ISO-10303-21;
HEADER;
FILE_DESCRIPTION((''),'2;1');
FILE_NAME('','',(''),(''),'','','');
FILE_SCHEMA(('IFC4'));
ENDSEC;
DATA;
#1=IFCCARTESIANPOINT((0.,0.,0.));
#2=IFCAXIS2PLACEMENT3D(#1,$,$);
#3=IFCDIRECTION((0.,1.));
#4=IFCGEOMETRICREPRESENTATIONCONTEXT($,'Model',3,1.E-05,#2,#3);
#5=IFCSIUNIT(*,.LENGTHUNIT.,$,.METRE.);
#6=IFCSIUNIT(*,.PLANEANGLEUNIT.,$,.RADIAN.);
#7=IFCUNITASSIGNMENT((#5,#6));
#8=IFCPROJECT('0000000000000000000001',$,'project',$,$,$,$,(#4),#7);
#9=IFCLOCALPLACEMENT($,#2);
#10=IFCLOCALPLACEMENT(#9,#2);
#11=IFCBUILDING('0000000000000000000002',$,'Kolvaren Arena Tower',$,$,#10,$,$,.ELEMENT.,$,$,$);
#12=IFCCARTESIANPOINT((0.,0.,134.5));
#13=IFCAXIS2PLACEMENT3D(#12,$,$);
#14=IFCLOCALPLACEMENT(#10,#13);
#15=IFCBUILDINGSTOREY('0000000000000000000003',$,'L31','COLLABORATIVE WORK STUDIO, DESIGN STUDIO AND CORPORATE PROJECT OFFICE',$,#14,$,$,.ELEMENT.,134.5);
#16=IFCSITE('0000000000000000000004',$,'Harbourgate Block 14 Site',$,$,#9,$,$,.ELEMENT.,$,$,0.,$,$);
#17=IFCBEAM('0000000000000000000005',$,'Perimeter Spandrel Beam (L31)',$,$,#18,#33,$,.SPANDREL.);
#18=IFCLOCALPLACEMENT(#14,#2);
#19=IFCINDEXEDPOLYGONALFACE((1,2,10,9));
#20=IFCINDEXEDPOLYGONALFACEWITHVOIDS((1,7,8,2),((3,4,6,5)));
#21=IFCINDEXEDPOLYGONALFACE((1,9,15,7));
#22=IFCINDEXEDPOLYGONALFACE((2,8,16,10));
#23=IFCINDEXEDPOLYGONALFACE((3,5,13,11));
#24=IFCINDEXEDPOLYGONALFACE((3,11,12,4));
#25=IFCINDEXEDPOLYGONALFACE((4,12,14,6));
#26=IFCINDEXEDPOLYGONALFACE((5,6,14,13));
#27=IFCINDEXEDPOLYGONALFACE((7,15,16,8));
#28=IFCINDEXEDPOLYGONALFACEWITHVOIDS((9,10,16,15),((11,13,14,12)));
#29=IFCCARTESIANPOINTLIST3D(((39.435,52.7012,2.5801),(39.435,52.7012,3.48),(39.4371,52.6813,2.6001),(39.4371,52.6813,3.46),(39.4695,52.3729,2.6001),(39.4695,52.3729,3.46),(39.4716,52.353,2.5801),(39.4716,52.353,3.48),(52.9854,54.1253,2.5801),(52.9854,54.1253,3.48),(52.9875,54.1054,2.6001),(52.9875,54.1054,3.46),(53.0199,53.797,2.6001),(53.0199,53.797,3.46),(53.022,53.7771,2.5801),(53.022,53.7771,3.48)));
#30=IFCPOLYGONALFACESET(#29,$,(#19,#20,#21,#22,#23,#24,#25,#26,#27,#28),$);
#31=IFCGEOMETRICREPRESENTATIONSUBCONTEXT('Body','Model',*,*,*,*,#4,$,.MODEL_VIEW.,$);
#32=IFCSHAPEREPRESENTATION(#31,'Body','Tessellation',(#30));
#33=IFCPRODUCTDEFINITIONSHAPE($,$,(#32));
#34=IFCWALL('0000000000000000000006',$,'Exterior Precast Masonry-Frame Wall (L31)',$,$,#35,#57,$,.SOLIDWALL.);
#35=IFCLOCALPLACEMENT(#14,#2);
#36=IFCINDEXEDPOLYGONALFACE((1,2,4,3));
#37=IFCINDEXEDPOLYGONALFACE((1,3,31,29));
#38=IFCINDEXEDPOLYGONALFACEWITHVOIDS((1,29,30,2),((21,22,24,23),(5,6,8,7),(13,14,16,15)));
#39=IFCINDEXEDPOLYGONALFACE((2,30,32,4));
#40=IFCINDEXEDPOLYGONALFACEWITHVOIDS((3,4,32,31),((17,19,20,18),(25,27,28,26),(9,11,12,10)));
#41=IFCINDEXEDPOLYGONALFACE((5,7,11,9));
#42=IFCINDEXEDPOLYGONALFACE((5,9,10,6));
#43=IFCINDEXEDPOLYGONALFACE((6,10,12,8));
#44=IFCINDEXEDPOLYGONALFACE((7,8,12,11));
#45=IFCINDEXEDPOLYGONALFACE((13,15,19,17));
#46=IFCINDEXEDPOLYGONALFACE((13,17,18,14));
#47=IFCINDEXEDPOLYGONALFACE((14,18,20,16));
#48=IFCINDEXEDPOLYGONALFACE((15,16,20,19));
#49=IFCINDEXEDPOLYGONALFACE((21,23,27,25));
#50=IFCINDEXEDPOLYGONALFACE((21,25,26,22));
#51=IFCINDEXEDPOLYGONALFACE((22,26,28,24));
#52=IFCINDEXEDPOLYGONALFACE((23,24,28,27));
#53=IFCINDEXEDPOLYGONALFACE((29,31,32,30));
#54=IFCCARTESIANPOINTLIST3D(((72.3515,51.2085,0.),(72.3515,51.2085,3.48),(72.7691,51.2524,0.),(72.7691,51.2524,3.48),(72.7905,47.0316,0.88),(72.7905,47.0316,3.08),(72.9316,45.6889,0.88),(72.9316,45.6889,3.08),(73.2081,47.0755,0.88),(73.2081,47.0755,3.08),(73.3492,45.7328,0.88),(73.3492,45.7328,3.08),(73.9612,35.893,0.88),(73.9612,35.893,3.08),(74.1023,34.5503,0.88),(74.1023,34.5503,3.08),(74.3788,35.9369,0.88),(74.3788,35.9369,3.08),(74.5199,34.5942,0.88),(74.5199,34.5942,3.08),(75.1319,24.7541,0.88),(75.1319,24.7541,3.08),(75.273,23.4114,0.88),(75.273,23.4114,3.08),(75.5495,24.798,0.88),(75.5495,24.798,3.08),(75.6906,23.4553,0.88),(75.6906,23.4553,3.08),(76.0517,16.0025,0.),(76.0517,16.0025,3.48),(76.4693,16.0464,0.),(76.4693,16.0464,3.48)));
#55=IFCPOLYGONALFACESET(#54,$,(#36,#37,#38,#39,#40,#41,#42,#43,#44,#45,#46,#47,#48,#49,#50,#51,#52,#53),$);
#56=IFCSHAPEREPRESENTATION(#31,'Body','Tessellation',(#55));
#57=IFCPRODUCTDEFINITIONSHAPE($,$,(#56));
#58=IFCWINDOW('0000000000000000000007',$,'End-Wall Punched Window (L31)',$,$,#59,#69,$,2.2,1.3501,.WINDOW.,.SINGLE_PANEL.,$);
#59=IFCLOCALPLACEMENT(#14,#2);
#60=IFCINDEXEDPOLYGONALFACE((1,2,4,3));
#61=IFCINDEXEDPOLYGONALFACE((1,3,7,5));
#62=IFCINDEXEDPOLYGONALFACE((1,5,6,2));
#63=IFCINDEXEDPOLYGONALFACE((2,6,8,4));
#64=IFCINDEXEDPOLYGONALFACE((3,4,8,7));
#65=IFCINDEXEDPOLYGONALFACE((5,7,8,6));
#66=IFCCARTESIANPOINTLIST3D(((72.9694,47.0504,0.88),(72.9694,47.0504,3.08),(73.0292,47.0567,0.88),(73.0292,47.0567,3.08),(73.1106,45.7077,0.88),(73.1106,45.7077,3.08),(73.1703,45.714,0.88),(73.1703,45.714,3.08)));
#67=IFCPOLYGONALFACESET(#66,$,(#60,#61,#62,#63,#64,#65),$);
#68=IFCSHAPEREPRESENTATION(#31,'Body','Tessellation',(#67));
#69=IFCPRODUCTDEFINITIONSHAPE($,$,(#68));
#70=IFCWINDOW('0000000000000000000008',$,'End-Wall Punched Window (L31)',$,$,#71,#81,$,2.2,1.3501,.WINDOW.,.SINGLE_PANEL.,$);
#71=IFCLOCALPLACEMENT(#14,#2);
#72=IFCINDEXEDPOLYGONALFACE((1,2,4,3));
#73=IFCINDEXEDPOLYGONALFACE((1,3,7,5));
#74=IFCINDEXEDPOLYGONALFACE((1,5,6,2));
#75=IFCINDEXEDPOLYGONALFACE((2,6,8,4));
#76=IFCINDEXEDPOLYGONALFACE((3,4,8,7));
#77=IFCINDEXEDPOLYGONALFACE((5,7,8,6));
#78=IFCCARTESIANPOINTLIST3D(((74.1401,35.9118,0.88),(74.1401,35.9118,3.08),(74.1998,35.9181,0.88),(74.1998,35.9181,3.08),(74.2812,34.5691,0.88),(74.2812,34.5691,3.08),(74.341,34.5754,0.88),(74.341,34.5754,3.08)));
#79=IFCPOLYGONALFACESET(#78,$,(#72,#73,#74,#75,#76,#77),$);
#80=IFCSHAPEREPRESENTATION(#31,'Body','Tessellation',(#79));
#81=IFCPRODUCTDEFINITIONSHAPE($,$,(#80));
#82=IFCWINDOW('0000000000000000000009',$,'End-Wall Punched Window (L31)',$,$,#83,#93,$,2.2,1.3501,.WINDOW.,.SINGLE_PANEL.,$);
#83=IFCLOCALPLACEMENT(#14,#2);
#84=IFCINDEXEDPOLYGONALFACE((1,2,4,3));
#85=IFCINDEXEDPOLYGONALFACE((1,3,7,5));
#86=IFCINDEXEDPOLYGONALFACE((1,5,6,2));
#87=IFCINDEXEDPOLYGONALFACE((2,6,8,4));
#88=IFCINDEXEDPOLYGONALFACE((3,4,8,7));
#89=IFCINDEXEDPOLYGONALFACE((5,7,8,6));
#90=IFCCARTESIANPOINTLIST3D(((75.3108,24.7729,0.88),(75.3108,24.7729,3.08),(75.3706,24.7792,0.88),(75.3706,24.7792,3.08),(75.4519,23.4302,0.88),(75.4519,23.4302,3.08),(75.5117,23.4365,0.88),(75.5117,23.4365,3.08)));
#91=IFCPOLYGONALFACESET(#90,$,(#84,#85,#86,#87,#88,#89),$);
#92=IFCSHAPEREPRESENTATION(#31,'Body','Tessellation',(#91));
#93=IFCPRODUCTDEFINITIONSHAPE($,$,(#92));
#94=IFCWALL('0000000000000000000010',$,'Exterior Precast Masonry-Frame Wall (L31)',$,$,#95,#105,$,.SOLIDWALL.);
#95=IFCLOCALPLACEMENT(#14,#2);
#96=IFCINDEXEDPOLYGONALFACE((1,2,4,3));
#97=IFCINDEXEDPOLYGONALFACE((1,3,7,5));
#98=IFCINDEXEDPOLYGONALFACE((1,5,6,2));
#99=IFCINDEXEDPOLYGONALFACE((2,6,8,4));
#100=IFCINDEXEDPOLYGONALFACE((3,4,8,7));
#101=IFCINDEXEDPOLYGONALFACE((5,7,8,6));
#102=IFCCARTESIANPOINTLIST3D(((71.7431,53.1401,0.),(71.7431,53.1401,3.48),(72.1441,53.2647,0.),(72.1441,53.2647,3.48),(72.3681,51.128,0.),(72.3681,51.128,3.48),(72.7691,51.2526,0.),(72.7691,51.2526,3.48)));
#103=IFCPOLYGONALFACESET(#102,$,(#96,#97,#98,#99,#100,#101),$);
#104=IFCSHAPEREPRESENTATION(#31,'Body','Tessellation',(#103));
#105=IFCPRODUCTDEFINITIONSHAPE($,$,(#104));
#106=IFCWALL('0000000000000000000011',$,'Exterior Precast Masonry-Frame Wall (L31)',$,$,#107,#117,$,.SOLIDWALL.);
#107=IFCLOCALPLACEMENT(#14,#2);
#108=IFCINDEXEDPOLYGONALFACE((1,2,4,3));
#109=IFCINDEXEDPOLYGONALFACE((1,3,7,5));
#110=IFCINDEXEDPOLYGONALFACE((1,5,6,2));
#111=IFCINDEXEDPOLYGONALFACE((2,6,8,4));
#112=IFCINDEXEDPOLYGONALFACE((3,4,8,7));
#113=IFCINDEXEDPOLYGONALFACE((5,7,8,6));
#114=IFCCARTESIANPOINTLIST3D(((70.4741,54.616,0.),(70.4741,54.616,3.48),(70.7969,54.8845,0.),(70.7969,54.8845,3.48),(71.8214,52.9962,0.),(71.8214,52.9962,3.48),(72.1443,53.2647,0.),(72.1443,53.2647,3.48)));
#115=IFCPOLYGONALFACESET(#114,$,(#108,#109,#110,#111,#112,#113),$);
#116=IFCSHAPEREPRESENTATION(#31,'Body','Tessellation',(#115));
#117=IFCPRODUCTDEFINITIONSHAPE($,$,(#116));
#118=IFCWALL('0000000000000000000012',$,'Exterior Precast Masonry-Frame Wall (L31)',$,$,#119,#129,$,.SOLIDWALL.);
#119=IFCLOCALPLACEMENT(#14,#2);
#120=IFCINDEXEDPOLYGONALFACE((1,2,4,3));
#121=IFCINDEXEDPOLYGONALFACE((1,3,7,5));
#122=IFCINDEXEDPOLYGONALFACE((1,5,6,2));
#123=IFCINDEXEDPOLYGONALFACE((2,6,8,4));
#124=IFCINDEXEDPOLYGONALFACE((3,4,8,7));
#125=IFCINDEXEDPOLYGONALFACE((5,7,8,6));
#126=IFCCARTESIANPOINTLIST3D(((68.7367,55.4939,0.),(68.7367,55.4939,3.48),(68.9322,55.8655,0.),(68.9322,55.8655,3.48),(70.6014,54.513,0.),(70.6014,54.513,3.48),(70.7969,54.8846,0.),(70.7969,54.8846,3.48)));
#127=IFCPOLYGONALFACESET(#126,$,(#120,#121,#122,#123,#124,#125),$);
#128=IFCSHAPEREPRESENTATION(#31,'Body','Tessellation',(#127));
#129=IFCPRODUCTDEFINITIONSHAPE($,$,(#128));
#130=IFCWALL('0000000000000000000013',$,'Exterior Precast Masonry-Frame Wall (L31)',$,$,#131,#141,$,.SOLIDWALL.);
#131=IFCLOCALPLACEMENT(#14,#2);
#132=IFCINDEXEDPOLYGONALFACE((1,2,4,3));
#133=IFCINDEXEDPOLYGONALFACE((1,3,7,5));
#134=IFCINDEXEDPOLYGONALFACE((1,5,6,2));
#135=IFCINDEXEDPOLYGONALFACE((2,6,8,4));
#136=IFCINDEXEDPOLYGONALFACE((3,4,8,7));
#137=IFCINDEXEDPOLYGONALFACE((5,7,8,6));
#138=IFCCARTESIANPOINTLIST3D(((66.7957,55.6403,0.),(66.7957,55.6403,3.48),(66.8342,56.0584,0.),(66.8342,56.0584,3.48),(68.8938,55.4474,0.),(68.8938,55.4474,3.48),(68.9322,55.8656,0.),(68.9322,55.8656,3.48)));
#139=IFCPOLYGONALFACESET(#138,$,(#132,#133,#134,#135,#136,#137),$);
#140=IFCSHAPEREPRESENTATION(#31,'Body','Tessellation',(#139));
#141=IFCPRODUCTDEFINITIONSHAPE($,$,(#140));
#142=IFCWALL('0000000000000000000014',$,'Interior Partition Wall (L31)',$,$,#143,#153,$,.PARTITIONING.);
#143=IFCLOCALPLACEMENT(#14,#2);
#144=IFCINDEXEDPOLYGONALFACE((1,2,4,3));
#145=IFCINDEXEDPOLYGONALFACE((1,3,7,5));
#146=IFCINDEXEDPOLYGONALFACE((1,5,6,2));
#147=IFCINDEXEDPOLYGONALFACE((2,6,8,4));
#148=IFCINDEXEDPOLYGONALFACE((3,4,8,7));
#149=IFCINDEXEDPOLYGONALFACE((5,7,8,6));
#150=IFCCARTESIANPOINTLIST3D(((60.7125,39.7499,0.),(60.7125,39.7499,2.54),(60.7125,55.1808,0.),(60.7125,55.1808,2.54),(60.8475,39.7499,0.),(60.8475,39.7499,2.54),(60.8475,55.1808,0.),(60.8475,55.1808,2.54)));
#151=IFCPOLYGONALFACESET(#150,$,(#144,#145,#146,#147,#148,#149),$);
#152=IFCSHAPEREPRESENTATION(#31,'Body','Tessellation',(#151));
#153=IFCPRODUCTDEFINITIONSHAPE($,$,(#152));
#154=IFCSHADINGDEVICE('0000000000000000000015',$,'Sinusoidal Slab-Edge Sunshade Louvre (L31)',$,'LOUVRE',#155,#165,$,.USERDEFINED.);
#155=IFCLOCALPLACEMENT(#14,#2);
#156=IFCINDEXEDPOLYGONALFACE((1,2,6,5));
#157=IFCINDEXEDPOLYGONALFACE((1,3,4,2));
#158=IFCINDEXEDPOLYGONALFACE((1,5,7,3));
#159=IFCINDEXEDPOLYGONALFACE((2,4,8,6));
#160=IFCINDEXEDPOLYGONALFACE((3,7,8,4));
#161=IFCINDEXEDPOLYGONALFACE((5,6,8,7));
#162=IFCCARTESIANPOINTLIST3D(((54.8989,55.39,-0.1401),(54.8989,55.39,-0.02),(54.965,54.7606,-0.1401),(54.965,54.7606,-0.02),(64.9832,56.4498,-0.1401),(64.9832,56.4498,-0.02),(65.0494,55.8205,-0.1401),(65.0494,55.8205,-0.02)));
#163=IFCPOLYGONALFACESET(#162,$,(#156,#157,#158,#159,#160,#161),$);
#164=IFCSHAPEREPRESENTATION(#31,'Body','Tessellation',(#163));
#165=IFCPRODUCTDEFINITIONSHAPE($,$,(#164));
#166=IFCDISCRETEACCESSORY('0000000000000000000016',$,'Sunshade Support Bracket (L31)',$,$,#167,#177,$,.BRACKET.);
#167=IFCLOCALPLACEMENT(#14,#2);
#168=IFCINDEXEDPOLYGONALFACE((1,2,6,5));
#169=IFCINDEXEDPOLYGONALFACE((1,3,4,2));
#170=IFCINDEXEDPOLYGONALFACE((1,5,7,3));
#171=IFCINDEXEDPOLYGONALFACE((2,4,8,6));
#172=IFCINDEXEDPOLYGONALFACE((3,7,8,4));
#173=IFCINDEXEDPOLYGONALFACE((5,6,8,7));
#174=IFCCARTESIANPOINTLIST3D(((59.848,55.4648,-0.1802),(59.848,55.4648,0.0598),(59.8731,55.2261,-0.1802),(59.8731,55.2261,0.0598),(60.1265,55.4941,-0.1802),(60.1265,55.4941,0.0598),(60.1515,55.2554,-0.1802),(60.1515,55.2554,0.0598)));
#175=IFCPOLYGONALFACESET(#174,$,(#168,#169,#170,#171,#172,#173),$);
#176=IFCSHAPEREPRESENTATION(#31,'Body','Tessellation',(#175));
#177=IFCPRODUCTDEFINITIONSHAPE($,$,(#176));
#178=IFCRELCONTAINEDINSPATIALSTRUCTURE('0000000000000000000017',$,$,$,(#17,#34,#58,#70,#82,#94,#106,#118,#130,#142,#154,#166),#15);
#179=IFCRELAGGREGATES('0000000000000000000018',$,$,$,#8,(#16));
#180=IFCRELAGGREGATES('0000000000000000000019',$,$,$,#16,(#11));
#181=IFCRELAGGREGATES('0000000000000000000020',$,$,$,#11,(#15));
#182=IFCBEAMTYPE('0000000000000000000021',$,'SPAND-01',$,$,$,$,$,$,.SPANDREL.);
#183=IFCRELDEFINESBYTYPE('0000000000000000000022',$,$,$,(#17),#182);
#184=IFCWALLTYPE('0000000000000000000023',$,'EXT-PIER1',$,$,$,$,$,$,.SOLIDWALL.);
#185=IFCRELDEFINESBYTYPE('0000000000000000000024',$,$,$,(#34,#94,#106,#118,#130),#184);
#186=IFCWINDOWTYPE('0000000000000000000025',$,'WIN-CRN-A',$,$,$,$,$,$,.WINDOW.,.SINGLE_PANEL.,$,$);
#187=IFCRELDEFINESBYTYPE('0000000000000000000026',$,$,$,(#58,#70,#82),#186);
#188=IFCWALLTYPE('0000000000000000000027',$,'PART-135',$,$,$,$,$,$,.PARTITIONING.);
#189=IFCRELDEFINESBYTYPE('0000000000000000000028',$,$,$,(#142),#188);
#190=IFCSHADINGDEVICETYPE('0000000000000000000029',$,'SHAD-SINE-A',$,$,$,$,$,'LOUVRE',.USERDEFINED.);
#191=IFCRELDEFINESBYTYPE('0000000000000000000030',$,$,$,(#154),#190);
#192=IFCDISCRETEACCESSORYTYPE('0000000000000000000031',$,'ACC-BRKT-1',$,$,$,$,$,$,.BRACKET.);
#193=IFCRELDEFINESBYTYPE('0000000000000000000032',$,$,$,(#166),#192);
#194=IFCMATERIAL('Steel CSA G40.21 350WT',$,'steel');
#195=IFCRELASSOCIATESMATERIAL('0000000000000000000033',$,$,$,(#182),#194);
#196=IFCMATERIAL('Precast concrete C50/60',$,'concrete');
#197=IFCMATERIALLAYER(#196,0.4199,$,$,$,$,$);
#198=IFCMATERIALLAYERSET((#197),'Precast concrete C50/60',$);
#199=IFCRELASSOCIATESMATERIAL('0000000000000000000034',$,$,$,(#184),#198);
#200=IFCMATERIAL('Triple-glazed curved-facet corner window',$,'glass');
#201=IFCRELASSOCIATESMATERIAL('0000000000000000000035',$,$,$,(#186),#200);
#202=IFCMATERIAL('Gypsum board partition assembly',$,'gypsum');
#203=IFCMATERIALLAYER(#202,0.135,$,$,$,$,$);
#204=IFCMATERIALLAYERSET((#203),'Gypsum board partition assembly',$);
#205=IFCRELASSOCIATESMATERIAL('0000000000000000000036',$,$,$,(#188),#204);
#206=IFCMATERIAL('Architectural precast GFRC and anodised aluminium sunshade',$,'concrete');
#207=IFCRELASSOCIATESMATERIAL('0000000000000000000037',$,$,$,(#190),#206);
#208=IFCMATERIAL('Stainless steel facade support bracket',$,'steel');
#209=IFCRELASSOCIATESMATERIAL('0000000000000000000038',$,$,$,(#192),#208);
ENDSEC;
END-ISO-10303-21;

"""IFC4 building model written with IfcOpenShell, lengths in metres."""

from ifc_helpers import new_model, si_unit, direction, frame, frame_2d, origin, origin_2d, place, context, subcontext, project, spatial, rectangle, hollow_rectangle, extrude, material, layer, layer_set, material_profile, profile_set, type_object, element, fill, save


model = new_model("IFC4")

# Units and contexts
model_context = context("Model", 3, precision=1e-05, world=origin(), true_north=direction((0.0, 1.0)))
body_context = subcontext(model_context, "Body", "Model", "MODEL_VIEW")
ifc_project = project(units=[si_unit("LENGTHUNIT", "METRE"), si_unit("PLANEANGLEUNIT", "RADIAN")], contexts=[model_context])

# Site, building, storey
site_placement = place(None, origin())
site = spatial("IfcSite", under=ifc_project, at=site_placement, Name="Harbourgate Block 14 Site", CompositionType="ELEMENT", RefElevation=0.0)
building_placement = place(site_placement, origin())
building = spatial("IfcBuilding", under=site, at=building_placement, Name="Kolvaren Arena Tower", CompositionType="ELEMENT")
storey_placement = place(building_placement, frame((0.0, 0.0, 134.5)))
storey = spatial("IfcBuildingStorey", under=building, at=storey_placement, Name="L31", Description="COLLABORATIVE WORK STUDIO, DESIGN STUDIO AND CORPORATE PROJECT OFFICE", CompositionType="ELEMENT", Elevation=134.5)

# Beam
ifc_material_1 = material(Name="Steel CSA G40.21 350WT", Category="steel")
ifc_material_profile_1 = material_profile(ifc_material_1, hollow_rectangle(XDim=0.3501, YDim=0.8999, WallThickness=0.02, at=origin_2d()), Name="HSS 900x350x20")
ifc_profile_set_1 = profile_set([ifc_material_profile_1], Name="Steel CSA G40.21 350WT")
beam_type_1 = type_object("IfcBeamType", Name="SPAND-01", PredefinedType="SPANDREL", material=ifc_profile_set_1)
beam_1_placement = place(storey_placement, frame((53.0037, 53.9512, 3.03), z_axis=(-0.994523, -0.10452, 0.0), x_axis=(0.10452, -0.994523, 0.0)))
element("IfcBeam", 1, at=beam_1_placement, inside=storey, type_object=beam_type_1, Name="Perimeter Spandrel Beam (L31)", PredefinedType="SPANDREL", context=body_context, shape_type="SweptSolid", body=[
    extrude(hollow_rectangle(XDim=0.3501, YDim=0.8999, WallThickness=0.02, at=origin_2d()), origin(), (0.0, 0.0, 1.0), 13.625),
])

# Wall, openings, windows
ifc_material_2 = material(Name="Precast concrete C50/60", Category="concrete")
ifc_layer_1 = layer(ifc_material_2, 0.4199)
ifc_layer_set_1 = layer_set([ifc_layer_1], Name="Precast concrete C50/60")
wall_type_1 = type_object("IfcWallType", Name="EXT-PIER1", PredefinedType="SOLIDWALL", material=ifc_layer_set_1)
wall_1_placement = place(storey_placement, frame((72.5603, 51.2305, 0.0), z_axis=(0.0, 0.0, 1.0), x_axis=(0.104525, -0.994522, 0.0)))
wall_1 = element("IfcWall", 2, at=wall_1_placement, inside=storey, type_object=wall_type_1, Name="Exterior Precast Masonry-Frame Wall (L31)", PredefinedType="SOLIDWALL", context=body_context, shape_type="SweptSolid", body=[
    extrude(rectangle(XDim=35.3999, YDim=0.4199, at=frame_2d((17.7, 0.0))), origin(), (0.0, 0.0, 1.0), 3.48),
])
opening_1_placement = place(wall_1_placement, frame((4.2, 0.0, 0.8799)))
opening_1 = element("IfcOpeningElement", 3, at=opening_1_placement, cuts=wall_1, PredefinedType="OPENING", context=body_context, shape_type="SweptSolid", body=[
    extrude(rectangle(XDim=1.3501, YDim=2.2, at=frame_2d((0.675, 1.1001))), frame((0.0, 0.22, 0.0), z_axis=(0.0, -1.0, 0.0), x_axis=(1.0, 0.0, 0.0)), (0.0, 0.0, 1.0), 0.4399),
])
opening_2_placement = place(wall_1_placement, frame((15.3999, 0.0, 0.8799)))
opening_2 = element("IfcOpeningElement", 4, at=opening_2_placement, cuts=wall_1, PredefinedType="OPENING", context=body_context, shape_type="SweptSolid", body=[
    extrude(rectangle(XDim=1.3501, YDim=2.2, at=frame_2d((0.675, 1.1001))), frame((0.0, 0.22, 0.0), z_axis=(0.0, -1.0, 0.0), x_axis=(1.0, 0.0, 0.0)), (0.0, 0.0, 1.0), 0.4399),
])
opening_3_placement = place(wall_1_placement, frame((26.6001, 0.0, 0.8799)))
opening_3 = element("IfcOpeningElement", 5, at=opening_3_placement, cuts=wall_1, PredefinedType="OPENING", context=body_context, shape_type="SweptSolid", body=[
    extrude(rectangle(XDim=1.3501, YDim=2.2, at=frame_2d((0.675, 1.1001))), frame((0.0, 0.22, 0.0), z_axis=(0.0, -1.0, 0.0), x_axis=(1.0, 0.0, 0.0)), (0.0, 0.0, 1.0), 0.4399),
])
ifc_material_3 = material(Name="Triple-glazed curved-facet corner window", Category="glass")
window_type = type_object("IfcWindowType", Name="WIN-CRN-A", PartitioningType="SINGLE_PANEL", PredefinedType="WINDOW", material=ifc_material_3)
window_1_placement = place(opening_1_placement, origin())
window_1 = element("IfcWindow", 6, at=window_1_placement, inside=storey, type_object=window_type, Name="End-Wall Punched Window (L31)", OverallHeight=2.2, OverallWidth=1.3501, PartitioningType="SINGLE_PANEL", PredefinedType="WINDOW", context=body_context, shape_type="SweptSolid", body=[
    extrude(rectangle(XDim=1.3501, YDim=2.2, at=frame_2d((0.675, 1.1001))), frame((0.0, 0.03, 0.0), z_axis=(0.0, -1.0, 0.0), x_axis=(1.0, 0.0, 0.0)), (0.0, 0.0, 1.0), 0.0601),
])
fill(opening_1, window_1)
window_2_placement = place(opening_2_placement, origin())
window_2 = element("IfcWindow", 7, at=window_2_placement, inside=storey, type_object=window_type, Name="End-Wall Punched Window (L31)", OverallHeight=2.2, OverallWidth=1.3501, PartitioningType="SINGLE_PANEL", PredefinedType="WINDOW", context=body_context, shape_type="SweptSolid", body=[
    extrude(rectangle(XDim=1.3501, YDim=2.2, at=frame_2d((0.675, 1.1001))), frame((0.0, 0.03, 0.0), z_axis=(0.0, -1.0, 0.0), x_axis=(1.0, 0.0, 0.0)), (0.0, 0.0, 1.0), 0.0601),
])
fill(opening_2, window_2)
window_3_placement = place(opening_3_placement, origin())
window_3 = element("IfcWindow", 8, at=window_3_placement, inside=storey, type_object=window_type, Name="End-Wall Punched Window (L31)", OverallHeight=2.2, OverallWidth=1.3501, PartitioningType="SINGLE_PANEL", PredefinedType="WINDOW", context=body_context, shape_type="SweptSolid", body=[
    extrude(rectangle(XDim=1.3501, YDim=2.2, at=frame_2d((0.675, 1.1001))), frame((0.0, 0.03, 0.0), z_axis=(0.0, -1.0, 0.0), x_axis=(1.0, 0.0, 0.0)), (0.0, 0.0, 1.0), 0.0601),
])
fill(opening_3, window_3)

# Walls
for number, where, z_axis, x_axis, name in (
    (9, (71.9436, 53.2024, 0.0), (0.0, 0.0, 1.0), (0.296625, -0.954994, 0.0), "Exterior Precast Masonry-Frame Wall (L31)"),
    (10, (70.6355, 54.7502, 0.0), (0.0, 0.0, 1.0), (0.639489, -0.7688, 0.0), "Exterior Precast Masonry-Frame Wall (L31)"),
    (11, (68.8345, 55.6797, 0.0), (0.0, 0.0, 1.0), (0.885014, -0.465565, 0.0), "Exterior Precast Masonry-Frame Wall (L31)"),
    (12, (66.8149, 55.8494, 0.0), (0.0, 0.0, 1.0), (0.995802, -0.091539, 0.0), "Exterior Precast Masonry-Frame Wall (L31)"),
):
    element("IfcWall", number, at=place(storey_placement, frame(where, z_axis=z_axis, x_axis=x_axis)), inside=storey, type_object=wall_type_1, Name=name, PredefinedType="SOLIDWALL", context=body_context, shape_type="SweptSolid", body=[
        extrude(rectangle(XDim=2.1069, YDim=0.4199, at=frame_2d((1.0535, 0.0))), origin(), (0.0, 0.0, 1.0), 3.48),
    ])
ifc_material_4 = material(Name="Gypsum board partition assembly", Category="gypsum")
ifc_layer_2 = layer(ifc_material_4, 0.135)
ifc_layer_set_2 = layer_set([ifc_layer_2], Name="Gypsum board partition assembly")
wall_type_2 = type_object("IfcWallType", Name="PART-135", PredefinedType="PARTITIONING", material=ifc_layer_set_2)
wall_2_placement = place(storey_placement, frame((60.78, 39.75, 0.0), z_axis=(0.0, 0.0, 1.0), x_axis=(0.0, 1.0, 0.0)))
element("IfcWall", 13, at=wall_2_placement, inside=storey, type_object=wall_type_2, Name="Interior Partition Wall (L31)", PredefinedType="PARTITIONING", context=body_context, shape_type="SweptSolid", body=[
    extrude(rectangle(XDim=15.4309, YDim=0.135, at=frame_2d((7.7153, 0.0))), origin(), (0.0, 0.0, 1.0), 2.54),
])

# Shading device
ifc_material_5 = material(Name="Architectural precast GFRC and anodised aluminium sunshade", Category="concrete")
shading_device_type = type_object("IfcShadingDeviceType", Name="SHAD-SINE-A", ElementType="LOUVRE", PredefinedType="USERDEFINED", material=ifc_material_5)
shading_device_placement = place(storey_placement, frame((59.9741, 55.6052, -0.1401), z_axis=(0.0, 0.0, 1.0), x_axis=(0.994522, 0.104527, 0.0)))
element("IfcShadingDevice", 14, at=shading_device_placement, inside=storey, type_object=shading_device_type, Name="Sinusoidal Slab-Edge Sunshade Louvre (L31)", ObjectType="LOUVRE", PredefinedType="USERDEFINED", context=body_context, shape_type="SweptSolid", body=[
    extrude(rectangle(XDim=10.1399, YDim=0.6328, at=origin_2d()), origin(), (0.0, 0.0, 1.0), 0.1201),
])

# Discrete accessory
ifc_material_6 = material(Name="Stainless steel facade support bracket", Category="steel")
discrete_accessory_type = type_object("IfcDiscreteAccessoryType", Name="ACC-BRKT-1", PredefinedType="BRACKET", material=ifc_material_6)
discrete_accessory_placement = place(storey_placement, frame((59.9998, 55.3601, -0.1802), z_axis=(0.0, 0.0, 1.0), x_axis=(0.994522, 0.104527, 0.0)))
element("IfcDiscreteAccessory", 15, at=discrete_accessory_placement, inside=storey, type_object=discrete_accessory_type, Name="Sunshade Support Bracket (L31)", PredefinedType="BRACKET", context=body_context, shape_type="SweptSolid", body=[
    extrude(rectangle(XDim=0.28, YDim=0.24, at=origin_2d()), origin(), (0.0, 0.0, 1.0), 0.24),
])

save(model, "model.ifc")
